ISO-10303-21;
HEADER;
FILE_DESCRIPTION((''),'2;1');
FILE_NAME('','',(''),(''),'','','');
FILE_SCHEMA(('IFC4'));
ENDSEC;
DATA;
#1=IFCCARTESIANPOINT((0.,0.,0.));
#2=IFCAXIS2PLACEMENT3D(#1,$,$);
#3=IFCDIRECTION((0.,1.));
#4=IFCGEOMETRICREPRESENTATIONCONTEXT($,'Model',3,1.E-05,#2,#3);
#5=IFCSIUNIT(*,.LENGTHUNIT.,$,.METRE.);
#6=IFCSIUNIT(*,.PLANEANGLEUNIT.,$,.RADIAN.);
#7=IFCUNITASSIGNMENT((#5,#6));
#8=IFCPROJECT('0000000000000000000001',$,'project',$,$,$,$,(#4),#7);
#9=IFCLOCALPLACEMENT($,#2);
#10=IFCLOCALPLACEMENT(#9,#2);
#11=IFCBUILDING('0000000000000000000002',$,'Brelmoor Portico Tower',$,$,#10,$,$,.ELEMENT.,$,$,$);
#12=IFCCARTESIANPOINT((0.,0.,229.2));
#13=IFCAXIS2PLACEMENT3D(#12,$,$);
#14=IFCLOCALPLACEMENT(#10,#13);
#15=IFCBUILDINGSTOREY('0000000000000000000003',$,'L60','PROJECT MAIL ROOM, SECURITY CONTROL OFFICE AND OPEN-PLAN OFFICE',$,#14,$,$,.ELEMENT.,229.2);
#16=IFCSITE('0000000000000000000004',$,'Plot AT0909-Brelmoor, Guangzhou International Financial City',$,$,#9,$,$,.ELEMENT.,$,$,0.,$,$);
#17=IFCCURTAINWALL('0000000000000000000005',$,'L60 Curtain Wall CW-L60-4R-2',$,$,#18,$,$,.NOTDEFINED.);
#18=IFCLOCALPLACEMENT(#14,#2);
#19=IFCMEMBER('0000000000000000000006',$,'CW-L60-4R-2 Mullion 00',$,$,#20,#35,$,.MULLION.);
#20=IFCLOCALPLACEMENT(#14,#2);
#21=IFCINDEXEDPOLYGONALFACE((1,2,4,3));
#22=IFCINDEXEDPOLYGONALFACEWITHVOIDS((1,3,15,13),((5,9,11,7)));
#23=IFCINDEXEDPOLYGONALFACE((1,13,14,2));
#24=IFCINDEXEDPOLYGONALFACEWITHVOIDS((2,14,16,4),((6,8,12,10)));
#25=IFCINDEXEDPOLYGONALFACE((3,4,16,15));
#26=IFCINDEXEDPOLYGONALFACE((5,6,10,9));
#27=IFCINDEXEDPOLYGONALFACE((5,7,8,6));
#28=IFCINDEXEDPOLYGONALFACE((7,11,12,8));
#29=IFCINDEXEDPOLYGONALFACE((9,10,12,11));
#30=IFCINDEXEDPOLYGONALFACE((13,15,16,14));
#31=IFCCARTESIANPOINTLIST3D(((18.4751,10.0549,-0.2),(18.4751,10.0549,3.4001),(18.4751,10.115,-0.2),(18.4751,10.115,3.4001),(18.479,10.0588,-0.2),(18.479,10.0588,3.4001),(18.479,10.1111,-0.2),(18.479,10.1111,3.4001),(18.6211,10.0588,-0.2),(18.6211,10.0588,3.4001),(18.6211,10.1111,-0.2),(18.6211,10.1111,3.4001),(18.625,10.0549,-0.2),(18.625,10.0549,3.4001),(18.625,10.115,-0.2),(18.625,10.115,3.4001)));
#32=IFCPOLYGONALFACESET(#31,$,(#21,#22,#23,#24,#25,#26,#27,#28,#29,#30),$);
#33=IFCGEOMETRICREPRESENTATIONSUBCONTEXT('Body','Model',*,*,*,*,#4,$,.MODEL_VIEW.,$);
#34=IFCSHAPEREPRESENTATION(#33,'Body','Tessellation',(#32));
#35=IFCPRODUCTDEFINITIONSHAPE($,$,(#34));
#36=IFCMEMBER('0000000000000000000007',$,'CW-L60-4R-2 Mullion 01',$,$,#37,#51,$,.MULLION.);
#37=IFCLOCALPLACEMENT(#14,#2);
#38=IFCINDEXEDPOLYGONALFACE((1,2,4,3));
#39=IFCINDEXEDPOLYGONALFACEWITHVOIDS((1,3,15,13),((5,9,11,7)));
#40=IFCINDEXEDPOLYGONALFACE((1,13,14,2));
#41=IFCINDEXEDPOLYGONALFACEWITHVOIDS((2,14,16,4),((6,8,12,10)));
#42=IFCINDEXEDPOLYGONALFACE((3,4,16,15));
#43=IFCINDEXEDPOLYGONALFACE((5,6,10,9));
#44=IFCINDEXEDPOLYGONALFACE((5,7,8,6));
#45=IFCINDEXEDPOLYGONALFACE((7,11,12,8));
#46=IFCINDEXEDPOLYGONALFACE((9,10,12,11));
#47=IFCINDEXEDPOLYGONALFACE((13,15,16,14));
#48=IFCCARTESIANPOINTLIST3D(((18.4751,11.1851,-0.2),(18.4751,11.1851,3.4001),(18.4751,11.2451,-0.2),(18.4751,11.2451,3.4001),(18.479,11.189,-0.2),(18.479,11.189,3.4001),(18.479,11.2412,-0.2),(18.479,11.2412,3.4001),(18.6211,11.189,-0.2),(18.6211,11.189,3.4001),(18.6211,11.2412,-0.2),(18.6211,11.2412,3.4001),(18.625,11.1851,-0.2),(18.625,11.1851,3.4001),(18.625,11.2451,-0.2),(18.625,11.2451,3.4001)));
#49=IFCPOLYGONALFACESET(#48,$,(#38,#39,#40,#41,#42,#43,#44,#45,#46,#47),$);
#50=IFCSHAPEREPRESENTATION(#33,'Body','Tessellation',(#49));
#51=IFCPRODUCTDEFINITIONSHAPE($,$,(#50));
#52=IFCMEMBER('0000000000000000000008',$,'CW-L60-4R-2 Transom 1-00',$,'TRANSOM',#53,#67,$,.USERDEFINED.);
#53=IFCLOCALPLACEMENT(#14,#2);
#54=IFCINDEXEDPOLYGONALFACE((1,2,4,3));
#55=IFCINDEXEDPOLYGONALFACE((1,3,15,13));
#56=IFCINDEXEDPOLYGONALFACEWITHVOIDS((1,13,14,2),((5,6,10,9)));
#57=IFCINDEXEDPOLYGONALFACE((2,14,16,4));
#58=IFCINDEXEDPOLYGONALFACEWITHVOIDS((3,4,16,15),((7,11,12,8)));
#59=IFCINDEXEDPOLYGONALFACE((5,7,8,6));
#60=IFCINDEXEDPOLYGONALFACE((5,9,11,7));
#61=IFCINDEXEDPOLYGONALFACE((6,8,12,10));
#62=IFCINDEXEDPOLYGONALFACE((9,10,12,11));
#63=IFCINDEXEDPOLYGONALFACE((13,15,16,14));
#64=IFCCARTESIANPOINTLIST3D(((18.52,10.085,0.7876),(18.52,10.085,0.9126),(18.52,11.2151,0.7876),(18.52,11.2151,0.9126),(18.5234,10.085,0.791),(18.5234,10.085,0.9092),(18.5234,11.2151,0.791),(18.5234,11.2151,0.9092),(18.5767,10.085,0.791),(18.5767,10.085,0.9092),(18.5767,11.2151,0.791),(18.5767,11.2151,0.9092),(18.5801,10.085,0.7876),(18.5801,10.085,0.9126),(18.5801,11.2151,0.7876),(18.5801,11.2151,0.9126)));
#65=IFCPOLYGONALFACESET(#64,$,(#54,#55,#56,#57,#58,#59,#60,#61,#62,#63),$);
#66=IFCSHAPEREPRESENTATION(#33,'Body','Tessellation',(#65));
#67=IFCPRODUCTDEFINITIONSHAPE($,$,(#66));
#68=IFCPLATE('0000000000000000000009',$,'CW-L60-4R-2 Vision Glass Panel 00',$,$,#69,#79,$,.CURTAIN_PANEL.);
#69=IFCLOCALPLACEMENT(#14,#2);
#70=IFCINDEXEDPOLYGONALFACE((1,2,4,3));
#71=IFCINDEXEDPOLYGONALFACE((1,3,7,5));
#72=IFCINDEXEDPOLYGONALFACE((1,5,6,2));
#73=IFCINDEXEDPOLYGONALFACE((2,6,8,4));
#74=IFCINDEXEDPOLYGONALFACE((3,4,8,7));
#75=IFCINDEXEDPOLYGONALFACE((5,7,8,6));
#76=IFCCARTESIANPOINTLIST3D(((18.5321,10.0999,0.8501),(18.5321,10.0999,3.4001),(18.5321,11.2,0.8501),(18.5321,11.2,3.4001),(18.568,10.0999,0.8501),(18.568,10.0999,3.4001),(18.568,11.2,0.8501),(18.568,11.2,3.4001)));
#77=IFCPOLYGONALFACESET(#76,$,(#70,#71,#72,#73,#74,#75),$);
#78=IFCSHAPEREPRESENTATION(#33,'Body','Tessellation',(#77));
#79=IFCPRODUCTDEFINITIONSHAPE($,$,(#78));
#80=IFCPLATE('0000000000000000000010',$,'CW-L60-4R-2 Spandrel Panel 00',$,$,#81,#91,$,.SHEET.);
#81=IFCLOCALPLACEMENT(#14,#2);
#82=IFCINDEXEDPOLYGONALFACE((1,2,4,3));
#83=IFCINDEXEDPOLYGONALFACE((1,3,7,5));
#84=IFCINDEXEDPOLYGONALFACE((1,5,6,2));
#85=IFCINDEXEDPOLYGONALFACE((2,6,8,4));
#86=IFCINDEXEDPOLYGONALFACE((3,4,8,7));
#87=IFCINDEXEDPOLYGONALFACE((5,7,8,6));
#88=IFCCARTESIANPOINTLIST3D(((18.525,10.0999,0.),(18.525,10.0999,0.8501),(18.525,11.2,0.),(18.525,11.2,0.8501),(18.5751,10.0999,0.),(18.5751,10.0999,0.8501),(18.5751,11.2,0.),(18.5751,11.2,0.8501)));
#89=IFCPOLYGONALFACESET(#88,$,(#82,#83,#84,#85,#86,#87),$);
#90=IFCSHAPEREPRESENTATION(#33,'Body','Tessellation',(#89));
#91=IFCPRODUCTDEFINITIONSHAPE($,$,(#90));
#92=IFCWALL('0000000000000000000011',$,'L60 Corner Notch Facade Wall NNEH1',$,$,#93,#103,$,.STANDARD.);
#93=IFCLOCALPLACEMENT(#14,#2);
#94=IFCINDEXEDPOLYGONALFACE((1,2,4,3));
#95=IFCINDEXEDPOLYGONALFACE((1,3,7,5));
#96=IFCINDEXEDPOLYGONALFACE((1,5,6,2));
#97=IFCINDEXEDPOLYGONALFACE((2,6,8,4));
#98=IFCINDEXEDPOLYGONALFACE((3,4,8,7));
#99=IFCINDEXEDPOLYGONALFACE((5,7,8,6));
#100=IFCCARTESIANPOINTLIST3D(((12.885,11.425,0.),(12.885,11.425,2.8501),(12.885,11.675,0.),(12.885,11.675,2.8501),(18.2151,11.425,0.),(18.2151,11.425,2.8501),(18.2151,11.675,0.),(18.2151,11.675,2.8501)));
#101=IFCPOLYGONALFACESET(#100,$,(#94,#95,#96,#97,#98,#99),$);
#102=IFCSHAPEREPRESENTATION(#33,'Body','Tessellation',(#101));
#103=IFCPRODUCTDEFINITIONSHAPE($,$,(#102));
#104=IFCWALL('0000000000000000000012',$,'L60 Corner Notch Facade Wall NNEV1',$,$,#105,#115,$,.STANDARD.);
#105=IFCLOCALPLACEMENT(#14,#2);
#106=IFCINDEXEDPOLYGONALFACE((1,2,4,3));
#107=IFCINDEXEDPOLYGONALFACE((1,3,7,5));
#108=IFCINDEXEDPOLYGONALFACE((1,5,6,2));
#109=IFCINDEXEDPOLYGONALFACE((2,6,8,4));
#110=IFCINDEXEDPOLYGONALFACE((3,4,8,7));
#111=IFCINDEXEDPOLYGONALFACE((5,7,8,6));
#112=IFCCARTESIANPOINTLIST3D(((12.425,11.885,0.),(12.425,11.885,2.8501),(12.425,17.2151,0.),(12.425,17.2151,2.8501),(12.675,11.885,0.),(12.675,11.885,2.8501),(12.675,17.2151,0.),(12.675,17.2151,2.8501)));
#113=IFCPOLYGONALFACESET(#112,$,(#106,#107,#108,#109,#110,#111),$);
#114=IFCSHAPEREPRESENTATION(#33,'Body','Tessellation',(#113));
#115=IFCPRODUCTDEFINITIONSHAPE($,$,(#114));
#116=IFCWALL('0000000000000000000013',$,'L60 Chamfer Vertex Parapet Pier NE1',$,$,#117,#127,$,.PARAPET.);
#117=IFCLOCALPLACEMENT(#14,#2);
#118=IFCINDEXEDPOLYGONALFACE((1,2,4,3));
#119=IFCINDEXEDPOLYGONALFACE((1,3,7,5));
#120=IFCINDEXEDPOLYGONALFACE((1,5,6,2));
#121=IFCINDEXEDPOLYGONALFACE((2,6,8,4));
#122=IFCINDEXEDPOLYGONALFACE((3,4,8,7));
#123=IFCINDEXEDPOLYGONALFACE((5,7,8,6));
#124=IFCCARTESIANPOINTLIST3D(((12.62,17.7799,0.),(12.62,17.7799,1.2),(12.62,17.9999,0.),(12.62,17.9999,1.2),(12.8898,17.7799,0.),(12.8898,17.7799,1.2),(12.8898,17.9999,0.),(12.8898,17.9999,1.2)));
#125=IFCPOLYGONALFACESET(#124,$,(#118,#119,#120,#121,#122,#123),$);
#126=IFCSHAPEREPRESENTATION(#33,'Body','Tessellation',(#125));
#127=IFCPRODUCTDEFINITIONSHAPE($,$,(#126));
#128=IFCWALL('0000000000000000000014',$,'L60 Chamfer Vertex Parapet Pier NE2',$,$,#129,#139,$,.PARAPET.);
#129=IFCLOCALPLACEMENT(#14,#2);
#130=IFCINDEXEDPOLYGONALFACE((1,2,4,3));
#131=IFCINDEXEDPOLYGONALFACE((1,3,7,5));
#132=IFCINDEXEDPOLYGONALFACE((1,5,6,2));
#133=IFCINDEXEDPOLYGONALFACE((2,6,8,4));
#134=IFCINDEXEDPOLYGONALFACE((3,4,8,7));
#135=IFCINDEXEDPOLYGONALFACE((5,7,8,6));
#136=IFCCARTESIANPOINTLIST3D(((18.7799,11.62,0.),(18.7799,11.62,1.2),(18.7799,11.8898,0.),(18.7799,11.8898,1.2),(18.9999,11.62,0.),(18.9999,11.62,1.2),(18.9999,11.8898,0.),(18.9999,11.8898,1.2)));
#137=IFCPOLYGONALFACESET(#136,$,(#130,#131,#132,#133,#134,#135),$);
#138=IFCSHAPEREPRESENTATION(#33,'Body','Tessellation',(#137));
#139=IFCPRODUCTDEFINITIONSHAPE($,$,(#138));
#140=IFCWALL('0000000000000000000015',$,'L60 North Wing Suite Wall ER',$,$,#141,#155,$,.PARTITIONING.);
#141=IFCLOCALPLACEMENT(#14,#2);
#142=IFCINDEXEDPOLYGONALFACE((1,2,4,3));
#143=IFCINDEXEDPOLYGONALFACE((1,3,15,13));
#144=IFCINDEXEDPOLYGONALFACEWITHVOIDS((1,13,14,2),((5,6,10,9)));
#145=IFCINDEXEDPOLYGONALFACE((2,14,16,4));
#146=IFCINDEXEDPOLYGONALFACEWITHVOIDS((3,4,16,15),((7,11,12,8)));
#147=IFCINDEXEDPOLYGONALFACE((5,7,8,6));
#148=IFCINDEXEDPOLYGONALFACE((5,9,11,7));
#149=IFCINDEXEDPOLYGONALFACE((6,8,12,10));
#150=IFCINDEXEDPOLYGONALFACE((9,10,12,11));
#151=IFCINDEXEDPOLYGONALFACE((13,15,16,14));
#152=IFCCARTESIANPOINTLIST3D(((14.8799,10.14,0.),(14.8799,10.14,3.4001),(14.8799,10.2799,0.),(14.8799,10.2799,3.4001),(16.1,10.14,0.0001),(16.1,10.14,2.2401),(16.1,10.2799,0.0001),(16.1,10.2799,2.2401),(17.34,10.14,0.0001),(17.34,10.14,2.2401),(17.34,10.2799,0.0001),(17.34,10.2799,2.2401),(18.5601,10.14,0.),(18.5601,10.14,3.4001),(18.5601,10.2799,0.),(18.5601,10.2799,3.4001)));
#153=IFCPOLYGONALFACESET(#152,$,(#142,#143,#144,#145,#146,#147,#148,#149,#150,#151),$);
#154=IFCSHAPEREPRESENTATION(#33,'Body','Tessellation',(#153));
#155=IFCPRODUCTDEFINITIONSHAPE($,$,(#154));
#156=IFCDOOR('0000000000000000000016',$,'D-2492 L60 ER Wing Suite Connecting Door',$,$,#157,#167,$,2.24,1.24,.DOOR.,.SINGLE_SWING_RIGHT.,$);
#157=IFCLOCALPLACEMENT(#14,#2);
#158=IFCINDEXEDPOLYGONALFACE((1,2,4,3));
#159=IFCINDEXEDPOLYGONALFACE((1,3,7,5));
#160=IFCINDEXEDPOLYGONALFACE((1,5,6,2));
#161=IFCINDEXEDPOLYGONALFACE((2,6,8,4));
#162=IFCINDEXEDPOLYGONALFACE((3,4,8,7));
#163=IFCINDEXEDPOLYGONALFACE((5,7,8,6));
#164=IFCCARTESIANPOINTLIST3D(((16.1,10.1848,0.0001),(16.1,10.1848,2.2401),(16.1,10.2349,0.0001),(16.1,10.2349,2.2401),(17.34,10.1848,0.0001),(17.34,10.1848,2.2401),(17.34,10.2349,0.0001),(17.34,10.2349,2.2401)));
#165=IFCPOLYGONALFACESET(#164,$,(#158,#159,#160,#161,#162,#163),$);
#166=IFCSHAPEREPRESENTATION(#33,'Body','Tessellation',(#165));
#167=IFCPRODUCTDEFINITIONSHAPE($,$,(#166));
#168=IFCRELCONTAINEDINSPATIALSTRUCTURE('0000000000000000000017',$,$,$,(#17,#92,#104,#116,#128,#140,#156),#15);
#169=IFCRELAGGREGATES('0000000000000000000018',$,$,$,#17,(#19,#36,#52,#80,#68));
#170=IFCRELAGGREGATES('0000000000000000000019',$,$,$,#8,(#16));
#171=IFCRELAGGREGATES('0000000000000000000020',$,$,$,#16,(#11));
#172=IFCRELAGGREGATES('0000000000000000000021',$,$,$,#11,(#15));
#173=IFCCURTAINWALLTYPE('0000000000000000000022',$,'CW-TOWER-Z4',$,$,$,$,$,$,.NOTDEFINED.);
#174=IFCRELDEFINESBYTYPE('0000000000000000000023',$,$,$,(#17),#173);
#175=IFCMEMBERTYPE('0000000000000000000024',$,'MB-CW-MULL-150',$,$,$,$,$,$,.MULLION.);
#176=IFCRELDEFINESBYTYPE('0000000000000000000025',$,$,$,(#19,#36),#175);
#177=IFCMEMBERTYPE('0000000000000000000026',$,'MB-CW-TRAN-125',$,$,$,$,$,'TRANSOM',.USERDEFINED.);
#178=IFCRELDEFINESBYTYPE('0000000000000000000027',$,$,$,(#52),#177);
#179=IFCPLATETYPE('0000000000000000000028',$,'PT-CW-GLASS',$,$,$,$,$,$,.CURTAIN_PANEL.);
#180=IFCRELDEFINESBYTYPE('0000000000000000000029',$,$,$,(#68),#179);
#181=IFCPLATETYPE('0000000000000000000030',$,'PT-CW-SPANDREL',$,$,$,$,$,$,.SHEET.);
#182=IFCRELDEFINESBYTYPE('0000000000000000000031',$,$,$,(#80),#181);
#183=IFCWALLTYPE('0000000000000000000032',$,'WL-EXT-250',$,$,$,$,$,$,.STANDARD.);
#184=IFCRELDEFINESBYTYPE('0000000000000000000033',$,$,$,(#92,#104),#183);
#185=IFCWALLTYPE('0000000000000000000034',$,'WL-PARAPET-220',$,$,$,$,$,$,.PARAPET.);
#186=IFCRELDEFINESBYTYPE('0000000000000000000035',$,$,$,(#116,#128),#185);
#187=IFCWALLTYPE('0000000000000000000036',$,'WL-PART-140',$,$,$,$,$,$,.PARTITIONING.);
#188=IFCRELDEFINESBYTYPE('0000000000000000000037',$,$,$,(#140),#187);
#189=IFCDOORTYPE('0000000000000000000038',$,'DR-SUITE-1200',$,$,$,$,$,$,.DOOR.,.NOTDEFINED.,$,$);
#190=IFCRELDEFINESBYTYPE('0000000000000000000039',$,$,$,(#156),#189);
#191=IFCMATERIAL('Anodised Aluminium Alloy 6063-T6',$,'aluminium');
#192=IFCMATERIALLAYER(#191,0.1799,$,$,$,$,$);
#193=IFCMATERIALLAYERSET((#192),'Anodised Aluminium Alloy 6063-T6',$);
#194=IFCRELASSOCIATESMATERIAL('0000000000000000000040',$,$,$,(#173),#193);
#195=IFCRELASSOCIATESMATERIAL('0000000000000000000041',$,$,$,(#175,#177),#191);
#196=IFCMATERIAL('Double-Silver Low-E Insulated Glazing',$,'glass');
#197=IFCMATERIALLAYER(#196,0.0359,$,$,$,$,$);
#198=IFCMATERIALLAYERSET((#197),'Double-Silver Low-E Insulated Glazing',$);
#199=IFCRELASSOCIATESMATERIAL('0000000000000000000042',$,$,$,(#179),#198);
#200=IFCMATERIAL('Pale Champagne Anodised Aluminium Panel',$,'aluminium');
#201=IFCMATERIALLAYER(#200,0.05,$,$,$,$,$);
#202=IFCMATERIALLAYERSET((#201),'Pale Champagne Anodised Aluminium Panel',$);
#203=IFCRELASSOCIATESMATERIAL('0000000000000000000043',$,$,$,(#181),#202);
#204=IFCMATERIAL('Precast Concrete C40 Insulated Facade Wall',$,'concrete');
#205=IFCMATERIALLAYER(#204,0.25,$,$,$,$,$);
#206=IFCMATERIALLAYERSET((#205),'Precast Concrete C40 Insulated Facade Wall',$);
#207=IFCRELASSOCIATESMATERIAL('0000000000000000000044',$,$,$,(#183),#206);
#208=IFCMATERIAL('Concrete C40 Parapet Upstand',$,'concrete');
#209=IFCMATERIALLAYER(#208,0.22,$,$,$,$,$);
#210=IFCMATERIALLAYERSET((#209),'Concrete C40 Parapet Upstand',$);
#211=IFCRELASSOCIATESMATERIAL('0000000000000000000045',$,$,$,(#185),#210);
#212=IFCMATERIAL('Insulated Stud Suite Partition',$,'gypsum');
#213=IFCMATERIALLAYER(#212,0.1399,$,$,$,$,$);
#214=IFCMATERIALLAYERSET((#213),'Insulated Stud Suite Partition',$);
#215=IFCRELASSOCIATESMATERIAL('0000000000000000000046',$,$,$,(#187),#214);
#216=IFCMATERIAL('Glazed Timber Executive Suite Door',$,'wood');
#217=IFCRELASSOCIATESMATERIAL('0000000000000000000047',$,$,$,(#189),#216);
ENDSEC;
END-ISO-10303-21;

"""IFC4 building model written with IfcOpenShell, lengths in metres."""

from ifc_helpers import new_model, si_unit, direction, frame, frame_2d, origin, origin_2d, place, context, subcontext, project, spatial, rectangle, hollow_rectangle, extrude, material, layer, layer_set, material_profile, profile_set, type_object, element, fill, aggregate, save


model = new_model("IFC4")

# Units and contexts
model_context = context("Model", 3, precision=1e-05, world=origin(), true_north=direction((0.0, 1.0)))
body_context = subcontext(model_context, "Body", "Model", "MODEL_VIEW")
ifc_project = project(units=[si_unit("LENGTHUNIT", "METRE"), si_unit("PLANEANGLEUNIT", "RADIAN")], contexts=[model_context])

# Site, building, storey
site_placement = place(None, origin())
site = spatial("IfcSite", under=ifc_project, at=site_placement, Name="Plot AT0909-Brelmoor, Guangzhou International Financial City", CompositionType="ELEMENT", RefElevation=0.0)
building_placement = place(site_placement, origin())
building = spatial("IfcBuilding", under=site, at=building_placement, Name="Brelmoor Portico Tower", CompositionType="ELEMENT")
storey_placement = place(building_placement, frame((0.0, 0.0, 229.2)))
storey = spatial("IfcBuildingStorey", under=building, at=storey_placement, Name="L60", Description="PROJECT MAIL ROOM, SECURITY CONTROL OFFICE AND OPEN-PLAN OFFICE", CompositionType="ELEMENT", Elevation=229.2)

# Shared definitions
ifc_material_1 = material(Name="Anodised Aluminium Alloy 6063-T6", Category="aluminium")
ifc_layer_1 = layer(ifc_material_1, 0.1799)
ifc_layer_set_1 = layer_set([ifc_layer_1], Name="Anodised Aluminium Alloy 6063-T6")
curtain_wall_type = type_object("IfcCurtainWallType", Name="CW-TOWER-Z4", PredefinedType="NOTDEFINED", material=ifc_layer_set_1)
ifc_material_profile_1 = material_profile(ifc_material_1, hollow_rectangle(XDim=0.0601, YDim=0.1499, WallThickness=0.0039, at=origin_2d()), Name="ALU MULLION 60x150")
ifc_profile_set_1 = profile_set([ifc_material_profile_1], Name="Anodised Aluminium Alloy 6063-T6")
member_type_1 = type_object("IfcMemberType", Name="MB-CW-MULL-150", PredefinedType="MULLION", material=ifc_profile_set_1)

# Curtain wall, members, plates
curtain_wall_1_placement = place(storey_placement, origin())
curtain_wall_1 = element("IfcCurtainWall", 1, at=curtain_wall_1_placement, inside=storey, type_object=curtain_wall_type, Name="L60 Curtain Wall CW-L60-4R-2", PredefinedType="NOTDEFINED")
member_1_placement = place(storey_placement, frame((18.55, 10.085, -0.2), z_axis=(0.0, 0.0, 1.0), x_axis=(0.0, 1.0, 0.0)))
member_1 = element("IfcMember", 2, at=member_1_placement, type_object=member_type_1, Name="CW-L60-4R-2 Mullion 00", PredefinedType="MULLION", context=body_context, shape_type="SweptSolid", body=[
    extrude(hollow_rectangle(XDim=0.0601, YDim=0.1499, WallThickness=0.0039, at=origin_2d()), origin(), (0.0, 0.0, 1.0), 3.6001),
])
member_2_placement = place(storey_placement, frame((18.55, 11.2151, -0.2), z_axis=(0.0, 0.0, 1.0), x_axis=(0.0, 1.0, 0.0)))
member_2 = element("IfcMember", 3, at=member_2_placement, type_object=member_type_1, Name="CW-L60-4R-2 Mullion 01", PredefinedType="MULLION", context=body_context, shape_type="SweptSolid", body=[
    extrude(hollow_rectangle(XDim=0.0601, YDim=0.1499, WallThickness=0.0039, at=origin_2d()), origin(), (0.0, 0.0, 1.0), 3.6001),
])
ifc_material_profile_2 = material_profile(ifc_material_1, hollow_rectangle(XDim=0.0601, YDim=0.125, WallThickness=0.0034, at=origin_2d()), Name="ALU TRANSOM 60x125")
ifc_profile_set_2 = profile_set([ifc_material_profile_2], Name="Anodised Aluminium Alloy 6063-T6")
member_type_2 = type_object("IfcMemberType", Name="MB-CW-TRAN-125", ElementType="TRANSOM", PredefinedType="USERDEFINED", material=ifc_profile_set_2)
member_3_placement = place(storey_placement, frame((18.55, 10.085, 0.8501), z_axis=(0.0, 1.0, 0.0), x_axis=(-1.0, 0.0, 0.0)))
member_3 = element("IfcMember", 4, at=member_3_placement, type_object=member_type_2, Name="CW-L60-4R-2 Transom 1-00", ObjectType="TRANSOM", PredefinedType="USERDEFINED", context=body_context, shape_type="SweptSolid", body=[
    extrude(hollow_rectangle(XDim=0.0601, YDim=0.125, WallThickness=0.0034, at=origin_2d()), origin(), (0.0, 0.0, 1.0), 1.1301),
])
ifc_material_2 = material(Name="Double-Silver Low-E Insulated Glazing", Category="glass")
ifc_layer_2 = layer(ifc_material_2, 0.0359)
ifc_layer_set_2 = layer_set([ifc_layer_2], Name="Double-Silver Low-E Insulated Glazing")
plate_type_1 = type_object("IfcPlateType", Name="PT-CW-GLASS", PredefinedType="CURTAIN_PANEL", material=ifc_layer_set_2)
plate_1_placement = place(storey_placement, frame((18.55, 10.6499, 0.8501), z_axis=(0.0, 0.0, 1.0), x_axis=(0.0, 1.0, 0.0)))
plate_1 = element("IfcPlate", 5, at=plate_1_placement, type_object=plate_type_1, Name="CW-L60-4R-2 Vision Glass Panel 00", PredefinedType="CURTAIN_PANEL", context=body_context, shape_type="SweptSolid", body=[
    extrude(rectangle(XDim=1.1001, YDim=0.0359, at=origin_2d()), origin(), (0.0, 0.0, 1.0), 2.55),
])
ifc_material_3 = material(Name="Pale Champagne Anodised Aluminium Panel", Category="aluminium")
ifc_layer_3 = layer(ifc_material_3, 0.05)
ifc_layer_set_3 = layer_set([ifc_layer_3], Name="Pale Champagne Anodised Aluminium Panel")
plate_type_2 = type_object("IfcPlateType", Name="PT-CW-SPANDREL", PredefinedType="SHEET", material=ifc_layer_set_3)
plate_2_placement = place(storey_placement, frame((18.55, 10.6499, 0.0), z_axis=(0.0, 0.0, 1.0), x_axis=(0.0, 1.0, 0.0)))
plate_2 = element("IfcPlate", 6, at=plate_2_placement, type_object=plate_type_2, Name="CW-L60-4R-2 Spandrel Panel 00", PredefinedType="SHEET", context=body_context, shape_type="SweptSolid", body=[
    extrude(rectangle(XDim=1.1001, YDim=0.05, at=origin_2d()), origin(), (0.0, 0.0, 1.0), 0.8501),
])
aggregate(curtain_wall_1, [member_1, member_2, member_3, plate_2, plate_1])

# Walls
ifc_material_4 = material(Name="Precast Concrete C40 Insulated Facade Wall", Category="concrete")
ifc_layer_4 = layer(ifc_material_4, 0.25)
ifc_layer_set_4 = layer_set([ifc_layer_4], Name="Precast Concrete C40 Insulated Facade Wall")
wall_type_1 = type_object("IfcWallType", Name="WL-EXT-250", PredefinedType="STANDARD", material=ifc_layer_set_4)
for number, where, z_axis, x_axis, name in (
    (7, (12.885, 11.55, 0.0), (0.0, 0.0, 1.0), (1.0, 0.0, 0.0), "L60 Corner Notch Facade Wall NNEH1"),
    (8, (12.55, 11.885, 0.0), (0.0, 0.0, 1.0), (0.0, 1.0, 0.0), "L60 Corner Notch Facade Wall NNEV1"),
):
    element("IfcWall", number, at=place(storey_placement, frame(where, z_axis=z_axis, x_axis=x_axis)), inside=storey, type_object=wall_type_1, Name=name, PredefinedType="STANDARD", context=body_context, shape_type="SweptSolid", body=[
        extrude(rectangle(XDim=5.3301, YDim=0.25, at=frame_2d((2.665, 0.0))), origin(), (0.0, 0.0, 1.0), 2.8501),
    ])
ifc_material_5 = material(Name="Concrete C40 Parapet Upstand", Category="concrete")
ifc_layer_5 = layer(ifc_material_5, 0.22)
ifc_layer_set_5 = layer_set([ifc_layer_5], Name="Concrete C40 Parapet Upstand")
wall_type_2 = type_object("IfcWallType", Name="WL-PARAPET-220", PredefinedType="PARAPET", material=ifc_layer_set_5)
for number, where, z_axis, x_axis, name in (
    (9, (12.6201, 17.8899, 0.0), (0.0, 0.0, 1.0), (1.0, 0.0, 0.0), "L60 Chamfer Vertex Parapet Pier NE1"),
    (10, (18.8899, 11.6201, 0.0), (0.0, 0.0, 1.0), (0.0, 1.0, 0.0), "L60 Chamfer Vertex Parapet Pier NE2"),
):
    element("IfcWall", number, at=place(storey_placement, frame(where, z_axis=z_axis, x_axis=x_axis)), inside=storey, type_object=wall_type_2, Name=name, PredefinedType="PARAPET", context=body_context, shape_type="SweptSolid", body=[
        extrude(rectangle(XDim=0.2698, YDim=0.22, at=frame_2d((0.1348, 0.0))), origin(), (0.0, 0.0, 1.0), 1.2),
    ])

# Wall, opening, door
ifc_material_6 = material(Name="Insulated Stud Suite Partition", Category="gypsum")
ifc_layer_6 = layer(ifc_material_6, 0.1399)
ifc_layer_set_6 = layer_set([ifc_layer_6], Name="Insulated Stud Suite Partition")
wall_type_3 = type_object("IfcWallType", Name="WL-PART-140", PredefinedType="PARTITIONING", material=ifc_layer_set_6)
wall_placement = place(storey_placement, frame((14.8799, 10.21, 0.0), z_axis=(0.0, 0.0, 1.0), x_axis=(1.0, 0.0, 0.0)))
wall = element("IfcWall", 11, at=wall_placement, inside=storey, type_object=wall_type_3, Name="L60 North Wing Suite Wall ER", PredefinedType="PARTITIONING", context=body_context, shape_type="SweptSolid", body=[
    extrude(rectangle(XDim=3.6802, YDim=0.1399, at=frame_2d((1.8401, 0.0))), origin(), (0.0, 0.0, 1.0), 3.4001),
])
opening_placement = place(wall_placement, frame((1.22, 0.0, 0.0)))
opening = element("IfcOpeningElement", 12, at=opening_placement, cuts=wall, PredefinedType="OPENING", context=body_context, shape_type="SweptSolid", body=[
    extrude(rectangle(XDim=1.24, YDim=2.24, at=frame_2d((0.6201, 1.1201))), frame((0.0, 0.0798, 0.0), z_axis=(0.0, -1.0, 0.0), x_axis=(1.0, 0.0, 0.0)), (0.0, 0.0, 1.0), 0.1599),
])
ifc_material_7 = material(Name="Glazed Timber Executive Suite Door", Category="wood")
door_type = type_object("IfcDoorType", Name="DR-SUITE-1200", OperationType="NOTDEFINED", PredefinedType="DOOR", material=ifc_material_7)
door_placement = place(opening_placement, origin())
door = element("IfcDoor", 13, at=door_placement, inside=storey, type_object=door_type, Name="D-2492 L60 ER Wing Suite Connecting Door", OperationType="SINGLE_SWING_RIGHT", OverallHeight=2.24, OverallWidth=1.24, PredefinedType="DOOR", context=body_context, shape_type="SweptSolid", body=[
    extrude(rectangle(XDim=1.24, YDim=2.24, at=frame_2d((0.6201, 1.1201))), frame((0.0, 0.0249, 0.0), z_axis=(0.0, -1.0, 0.0), x_axis=(1.0, 0.0, 0.0)), (0.0, 0.0, 1.0), 0.05),
])
fill(opening, door)

save(model, "model.ifc")
